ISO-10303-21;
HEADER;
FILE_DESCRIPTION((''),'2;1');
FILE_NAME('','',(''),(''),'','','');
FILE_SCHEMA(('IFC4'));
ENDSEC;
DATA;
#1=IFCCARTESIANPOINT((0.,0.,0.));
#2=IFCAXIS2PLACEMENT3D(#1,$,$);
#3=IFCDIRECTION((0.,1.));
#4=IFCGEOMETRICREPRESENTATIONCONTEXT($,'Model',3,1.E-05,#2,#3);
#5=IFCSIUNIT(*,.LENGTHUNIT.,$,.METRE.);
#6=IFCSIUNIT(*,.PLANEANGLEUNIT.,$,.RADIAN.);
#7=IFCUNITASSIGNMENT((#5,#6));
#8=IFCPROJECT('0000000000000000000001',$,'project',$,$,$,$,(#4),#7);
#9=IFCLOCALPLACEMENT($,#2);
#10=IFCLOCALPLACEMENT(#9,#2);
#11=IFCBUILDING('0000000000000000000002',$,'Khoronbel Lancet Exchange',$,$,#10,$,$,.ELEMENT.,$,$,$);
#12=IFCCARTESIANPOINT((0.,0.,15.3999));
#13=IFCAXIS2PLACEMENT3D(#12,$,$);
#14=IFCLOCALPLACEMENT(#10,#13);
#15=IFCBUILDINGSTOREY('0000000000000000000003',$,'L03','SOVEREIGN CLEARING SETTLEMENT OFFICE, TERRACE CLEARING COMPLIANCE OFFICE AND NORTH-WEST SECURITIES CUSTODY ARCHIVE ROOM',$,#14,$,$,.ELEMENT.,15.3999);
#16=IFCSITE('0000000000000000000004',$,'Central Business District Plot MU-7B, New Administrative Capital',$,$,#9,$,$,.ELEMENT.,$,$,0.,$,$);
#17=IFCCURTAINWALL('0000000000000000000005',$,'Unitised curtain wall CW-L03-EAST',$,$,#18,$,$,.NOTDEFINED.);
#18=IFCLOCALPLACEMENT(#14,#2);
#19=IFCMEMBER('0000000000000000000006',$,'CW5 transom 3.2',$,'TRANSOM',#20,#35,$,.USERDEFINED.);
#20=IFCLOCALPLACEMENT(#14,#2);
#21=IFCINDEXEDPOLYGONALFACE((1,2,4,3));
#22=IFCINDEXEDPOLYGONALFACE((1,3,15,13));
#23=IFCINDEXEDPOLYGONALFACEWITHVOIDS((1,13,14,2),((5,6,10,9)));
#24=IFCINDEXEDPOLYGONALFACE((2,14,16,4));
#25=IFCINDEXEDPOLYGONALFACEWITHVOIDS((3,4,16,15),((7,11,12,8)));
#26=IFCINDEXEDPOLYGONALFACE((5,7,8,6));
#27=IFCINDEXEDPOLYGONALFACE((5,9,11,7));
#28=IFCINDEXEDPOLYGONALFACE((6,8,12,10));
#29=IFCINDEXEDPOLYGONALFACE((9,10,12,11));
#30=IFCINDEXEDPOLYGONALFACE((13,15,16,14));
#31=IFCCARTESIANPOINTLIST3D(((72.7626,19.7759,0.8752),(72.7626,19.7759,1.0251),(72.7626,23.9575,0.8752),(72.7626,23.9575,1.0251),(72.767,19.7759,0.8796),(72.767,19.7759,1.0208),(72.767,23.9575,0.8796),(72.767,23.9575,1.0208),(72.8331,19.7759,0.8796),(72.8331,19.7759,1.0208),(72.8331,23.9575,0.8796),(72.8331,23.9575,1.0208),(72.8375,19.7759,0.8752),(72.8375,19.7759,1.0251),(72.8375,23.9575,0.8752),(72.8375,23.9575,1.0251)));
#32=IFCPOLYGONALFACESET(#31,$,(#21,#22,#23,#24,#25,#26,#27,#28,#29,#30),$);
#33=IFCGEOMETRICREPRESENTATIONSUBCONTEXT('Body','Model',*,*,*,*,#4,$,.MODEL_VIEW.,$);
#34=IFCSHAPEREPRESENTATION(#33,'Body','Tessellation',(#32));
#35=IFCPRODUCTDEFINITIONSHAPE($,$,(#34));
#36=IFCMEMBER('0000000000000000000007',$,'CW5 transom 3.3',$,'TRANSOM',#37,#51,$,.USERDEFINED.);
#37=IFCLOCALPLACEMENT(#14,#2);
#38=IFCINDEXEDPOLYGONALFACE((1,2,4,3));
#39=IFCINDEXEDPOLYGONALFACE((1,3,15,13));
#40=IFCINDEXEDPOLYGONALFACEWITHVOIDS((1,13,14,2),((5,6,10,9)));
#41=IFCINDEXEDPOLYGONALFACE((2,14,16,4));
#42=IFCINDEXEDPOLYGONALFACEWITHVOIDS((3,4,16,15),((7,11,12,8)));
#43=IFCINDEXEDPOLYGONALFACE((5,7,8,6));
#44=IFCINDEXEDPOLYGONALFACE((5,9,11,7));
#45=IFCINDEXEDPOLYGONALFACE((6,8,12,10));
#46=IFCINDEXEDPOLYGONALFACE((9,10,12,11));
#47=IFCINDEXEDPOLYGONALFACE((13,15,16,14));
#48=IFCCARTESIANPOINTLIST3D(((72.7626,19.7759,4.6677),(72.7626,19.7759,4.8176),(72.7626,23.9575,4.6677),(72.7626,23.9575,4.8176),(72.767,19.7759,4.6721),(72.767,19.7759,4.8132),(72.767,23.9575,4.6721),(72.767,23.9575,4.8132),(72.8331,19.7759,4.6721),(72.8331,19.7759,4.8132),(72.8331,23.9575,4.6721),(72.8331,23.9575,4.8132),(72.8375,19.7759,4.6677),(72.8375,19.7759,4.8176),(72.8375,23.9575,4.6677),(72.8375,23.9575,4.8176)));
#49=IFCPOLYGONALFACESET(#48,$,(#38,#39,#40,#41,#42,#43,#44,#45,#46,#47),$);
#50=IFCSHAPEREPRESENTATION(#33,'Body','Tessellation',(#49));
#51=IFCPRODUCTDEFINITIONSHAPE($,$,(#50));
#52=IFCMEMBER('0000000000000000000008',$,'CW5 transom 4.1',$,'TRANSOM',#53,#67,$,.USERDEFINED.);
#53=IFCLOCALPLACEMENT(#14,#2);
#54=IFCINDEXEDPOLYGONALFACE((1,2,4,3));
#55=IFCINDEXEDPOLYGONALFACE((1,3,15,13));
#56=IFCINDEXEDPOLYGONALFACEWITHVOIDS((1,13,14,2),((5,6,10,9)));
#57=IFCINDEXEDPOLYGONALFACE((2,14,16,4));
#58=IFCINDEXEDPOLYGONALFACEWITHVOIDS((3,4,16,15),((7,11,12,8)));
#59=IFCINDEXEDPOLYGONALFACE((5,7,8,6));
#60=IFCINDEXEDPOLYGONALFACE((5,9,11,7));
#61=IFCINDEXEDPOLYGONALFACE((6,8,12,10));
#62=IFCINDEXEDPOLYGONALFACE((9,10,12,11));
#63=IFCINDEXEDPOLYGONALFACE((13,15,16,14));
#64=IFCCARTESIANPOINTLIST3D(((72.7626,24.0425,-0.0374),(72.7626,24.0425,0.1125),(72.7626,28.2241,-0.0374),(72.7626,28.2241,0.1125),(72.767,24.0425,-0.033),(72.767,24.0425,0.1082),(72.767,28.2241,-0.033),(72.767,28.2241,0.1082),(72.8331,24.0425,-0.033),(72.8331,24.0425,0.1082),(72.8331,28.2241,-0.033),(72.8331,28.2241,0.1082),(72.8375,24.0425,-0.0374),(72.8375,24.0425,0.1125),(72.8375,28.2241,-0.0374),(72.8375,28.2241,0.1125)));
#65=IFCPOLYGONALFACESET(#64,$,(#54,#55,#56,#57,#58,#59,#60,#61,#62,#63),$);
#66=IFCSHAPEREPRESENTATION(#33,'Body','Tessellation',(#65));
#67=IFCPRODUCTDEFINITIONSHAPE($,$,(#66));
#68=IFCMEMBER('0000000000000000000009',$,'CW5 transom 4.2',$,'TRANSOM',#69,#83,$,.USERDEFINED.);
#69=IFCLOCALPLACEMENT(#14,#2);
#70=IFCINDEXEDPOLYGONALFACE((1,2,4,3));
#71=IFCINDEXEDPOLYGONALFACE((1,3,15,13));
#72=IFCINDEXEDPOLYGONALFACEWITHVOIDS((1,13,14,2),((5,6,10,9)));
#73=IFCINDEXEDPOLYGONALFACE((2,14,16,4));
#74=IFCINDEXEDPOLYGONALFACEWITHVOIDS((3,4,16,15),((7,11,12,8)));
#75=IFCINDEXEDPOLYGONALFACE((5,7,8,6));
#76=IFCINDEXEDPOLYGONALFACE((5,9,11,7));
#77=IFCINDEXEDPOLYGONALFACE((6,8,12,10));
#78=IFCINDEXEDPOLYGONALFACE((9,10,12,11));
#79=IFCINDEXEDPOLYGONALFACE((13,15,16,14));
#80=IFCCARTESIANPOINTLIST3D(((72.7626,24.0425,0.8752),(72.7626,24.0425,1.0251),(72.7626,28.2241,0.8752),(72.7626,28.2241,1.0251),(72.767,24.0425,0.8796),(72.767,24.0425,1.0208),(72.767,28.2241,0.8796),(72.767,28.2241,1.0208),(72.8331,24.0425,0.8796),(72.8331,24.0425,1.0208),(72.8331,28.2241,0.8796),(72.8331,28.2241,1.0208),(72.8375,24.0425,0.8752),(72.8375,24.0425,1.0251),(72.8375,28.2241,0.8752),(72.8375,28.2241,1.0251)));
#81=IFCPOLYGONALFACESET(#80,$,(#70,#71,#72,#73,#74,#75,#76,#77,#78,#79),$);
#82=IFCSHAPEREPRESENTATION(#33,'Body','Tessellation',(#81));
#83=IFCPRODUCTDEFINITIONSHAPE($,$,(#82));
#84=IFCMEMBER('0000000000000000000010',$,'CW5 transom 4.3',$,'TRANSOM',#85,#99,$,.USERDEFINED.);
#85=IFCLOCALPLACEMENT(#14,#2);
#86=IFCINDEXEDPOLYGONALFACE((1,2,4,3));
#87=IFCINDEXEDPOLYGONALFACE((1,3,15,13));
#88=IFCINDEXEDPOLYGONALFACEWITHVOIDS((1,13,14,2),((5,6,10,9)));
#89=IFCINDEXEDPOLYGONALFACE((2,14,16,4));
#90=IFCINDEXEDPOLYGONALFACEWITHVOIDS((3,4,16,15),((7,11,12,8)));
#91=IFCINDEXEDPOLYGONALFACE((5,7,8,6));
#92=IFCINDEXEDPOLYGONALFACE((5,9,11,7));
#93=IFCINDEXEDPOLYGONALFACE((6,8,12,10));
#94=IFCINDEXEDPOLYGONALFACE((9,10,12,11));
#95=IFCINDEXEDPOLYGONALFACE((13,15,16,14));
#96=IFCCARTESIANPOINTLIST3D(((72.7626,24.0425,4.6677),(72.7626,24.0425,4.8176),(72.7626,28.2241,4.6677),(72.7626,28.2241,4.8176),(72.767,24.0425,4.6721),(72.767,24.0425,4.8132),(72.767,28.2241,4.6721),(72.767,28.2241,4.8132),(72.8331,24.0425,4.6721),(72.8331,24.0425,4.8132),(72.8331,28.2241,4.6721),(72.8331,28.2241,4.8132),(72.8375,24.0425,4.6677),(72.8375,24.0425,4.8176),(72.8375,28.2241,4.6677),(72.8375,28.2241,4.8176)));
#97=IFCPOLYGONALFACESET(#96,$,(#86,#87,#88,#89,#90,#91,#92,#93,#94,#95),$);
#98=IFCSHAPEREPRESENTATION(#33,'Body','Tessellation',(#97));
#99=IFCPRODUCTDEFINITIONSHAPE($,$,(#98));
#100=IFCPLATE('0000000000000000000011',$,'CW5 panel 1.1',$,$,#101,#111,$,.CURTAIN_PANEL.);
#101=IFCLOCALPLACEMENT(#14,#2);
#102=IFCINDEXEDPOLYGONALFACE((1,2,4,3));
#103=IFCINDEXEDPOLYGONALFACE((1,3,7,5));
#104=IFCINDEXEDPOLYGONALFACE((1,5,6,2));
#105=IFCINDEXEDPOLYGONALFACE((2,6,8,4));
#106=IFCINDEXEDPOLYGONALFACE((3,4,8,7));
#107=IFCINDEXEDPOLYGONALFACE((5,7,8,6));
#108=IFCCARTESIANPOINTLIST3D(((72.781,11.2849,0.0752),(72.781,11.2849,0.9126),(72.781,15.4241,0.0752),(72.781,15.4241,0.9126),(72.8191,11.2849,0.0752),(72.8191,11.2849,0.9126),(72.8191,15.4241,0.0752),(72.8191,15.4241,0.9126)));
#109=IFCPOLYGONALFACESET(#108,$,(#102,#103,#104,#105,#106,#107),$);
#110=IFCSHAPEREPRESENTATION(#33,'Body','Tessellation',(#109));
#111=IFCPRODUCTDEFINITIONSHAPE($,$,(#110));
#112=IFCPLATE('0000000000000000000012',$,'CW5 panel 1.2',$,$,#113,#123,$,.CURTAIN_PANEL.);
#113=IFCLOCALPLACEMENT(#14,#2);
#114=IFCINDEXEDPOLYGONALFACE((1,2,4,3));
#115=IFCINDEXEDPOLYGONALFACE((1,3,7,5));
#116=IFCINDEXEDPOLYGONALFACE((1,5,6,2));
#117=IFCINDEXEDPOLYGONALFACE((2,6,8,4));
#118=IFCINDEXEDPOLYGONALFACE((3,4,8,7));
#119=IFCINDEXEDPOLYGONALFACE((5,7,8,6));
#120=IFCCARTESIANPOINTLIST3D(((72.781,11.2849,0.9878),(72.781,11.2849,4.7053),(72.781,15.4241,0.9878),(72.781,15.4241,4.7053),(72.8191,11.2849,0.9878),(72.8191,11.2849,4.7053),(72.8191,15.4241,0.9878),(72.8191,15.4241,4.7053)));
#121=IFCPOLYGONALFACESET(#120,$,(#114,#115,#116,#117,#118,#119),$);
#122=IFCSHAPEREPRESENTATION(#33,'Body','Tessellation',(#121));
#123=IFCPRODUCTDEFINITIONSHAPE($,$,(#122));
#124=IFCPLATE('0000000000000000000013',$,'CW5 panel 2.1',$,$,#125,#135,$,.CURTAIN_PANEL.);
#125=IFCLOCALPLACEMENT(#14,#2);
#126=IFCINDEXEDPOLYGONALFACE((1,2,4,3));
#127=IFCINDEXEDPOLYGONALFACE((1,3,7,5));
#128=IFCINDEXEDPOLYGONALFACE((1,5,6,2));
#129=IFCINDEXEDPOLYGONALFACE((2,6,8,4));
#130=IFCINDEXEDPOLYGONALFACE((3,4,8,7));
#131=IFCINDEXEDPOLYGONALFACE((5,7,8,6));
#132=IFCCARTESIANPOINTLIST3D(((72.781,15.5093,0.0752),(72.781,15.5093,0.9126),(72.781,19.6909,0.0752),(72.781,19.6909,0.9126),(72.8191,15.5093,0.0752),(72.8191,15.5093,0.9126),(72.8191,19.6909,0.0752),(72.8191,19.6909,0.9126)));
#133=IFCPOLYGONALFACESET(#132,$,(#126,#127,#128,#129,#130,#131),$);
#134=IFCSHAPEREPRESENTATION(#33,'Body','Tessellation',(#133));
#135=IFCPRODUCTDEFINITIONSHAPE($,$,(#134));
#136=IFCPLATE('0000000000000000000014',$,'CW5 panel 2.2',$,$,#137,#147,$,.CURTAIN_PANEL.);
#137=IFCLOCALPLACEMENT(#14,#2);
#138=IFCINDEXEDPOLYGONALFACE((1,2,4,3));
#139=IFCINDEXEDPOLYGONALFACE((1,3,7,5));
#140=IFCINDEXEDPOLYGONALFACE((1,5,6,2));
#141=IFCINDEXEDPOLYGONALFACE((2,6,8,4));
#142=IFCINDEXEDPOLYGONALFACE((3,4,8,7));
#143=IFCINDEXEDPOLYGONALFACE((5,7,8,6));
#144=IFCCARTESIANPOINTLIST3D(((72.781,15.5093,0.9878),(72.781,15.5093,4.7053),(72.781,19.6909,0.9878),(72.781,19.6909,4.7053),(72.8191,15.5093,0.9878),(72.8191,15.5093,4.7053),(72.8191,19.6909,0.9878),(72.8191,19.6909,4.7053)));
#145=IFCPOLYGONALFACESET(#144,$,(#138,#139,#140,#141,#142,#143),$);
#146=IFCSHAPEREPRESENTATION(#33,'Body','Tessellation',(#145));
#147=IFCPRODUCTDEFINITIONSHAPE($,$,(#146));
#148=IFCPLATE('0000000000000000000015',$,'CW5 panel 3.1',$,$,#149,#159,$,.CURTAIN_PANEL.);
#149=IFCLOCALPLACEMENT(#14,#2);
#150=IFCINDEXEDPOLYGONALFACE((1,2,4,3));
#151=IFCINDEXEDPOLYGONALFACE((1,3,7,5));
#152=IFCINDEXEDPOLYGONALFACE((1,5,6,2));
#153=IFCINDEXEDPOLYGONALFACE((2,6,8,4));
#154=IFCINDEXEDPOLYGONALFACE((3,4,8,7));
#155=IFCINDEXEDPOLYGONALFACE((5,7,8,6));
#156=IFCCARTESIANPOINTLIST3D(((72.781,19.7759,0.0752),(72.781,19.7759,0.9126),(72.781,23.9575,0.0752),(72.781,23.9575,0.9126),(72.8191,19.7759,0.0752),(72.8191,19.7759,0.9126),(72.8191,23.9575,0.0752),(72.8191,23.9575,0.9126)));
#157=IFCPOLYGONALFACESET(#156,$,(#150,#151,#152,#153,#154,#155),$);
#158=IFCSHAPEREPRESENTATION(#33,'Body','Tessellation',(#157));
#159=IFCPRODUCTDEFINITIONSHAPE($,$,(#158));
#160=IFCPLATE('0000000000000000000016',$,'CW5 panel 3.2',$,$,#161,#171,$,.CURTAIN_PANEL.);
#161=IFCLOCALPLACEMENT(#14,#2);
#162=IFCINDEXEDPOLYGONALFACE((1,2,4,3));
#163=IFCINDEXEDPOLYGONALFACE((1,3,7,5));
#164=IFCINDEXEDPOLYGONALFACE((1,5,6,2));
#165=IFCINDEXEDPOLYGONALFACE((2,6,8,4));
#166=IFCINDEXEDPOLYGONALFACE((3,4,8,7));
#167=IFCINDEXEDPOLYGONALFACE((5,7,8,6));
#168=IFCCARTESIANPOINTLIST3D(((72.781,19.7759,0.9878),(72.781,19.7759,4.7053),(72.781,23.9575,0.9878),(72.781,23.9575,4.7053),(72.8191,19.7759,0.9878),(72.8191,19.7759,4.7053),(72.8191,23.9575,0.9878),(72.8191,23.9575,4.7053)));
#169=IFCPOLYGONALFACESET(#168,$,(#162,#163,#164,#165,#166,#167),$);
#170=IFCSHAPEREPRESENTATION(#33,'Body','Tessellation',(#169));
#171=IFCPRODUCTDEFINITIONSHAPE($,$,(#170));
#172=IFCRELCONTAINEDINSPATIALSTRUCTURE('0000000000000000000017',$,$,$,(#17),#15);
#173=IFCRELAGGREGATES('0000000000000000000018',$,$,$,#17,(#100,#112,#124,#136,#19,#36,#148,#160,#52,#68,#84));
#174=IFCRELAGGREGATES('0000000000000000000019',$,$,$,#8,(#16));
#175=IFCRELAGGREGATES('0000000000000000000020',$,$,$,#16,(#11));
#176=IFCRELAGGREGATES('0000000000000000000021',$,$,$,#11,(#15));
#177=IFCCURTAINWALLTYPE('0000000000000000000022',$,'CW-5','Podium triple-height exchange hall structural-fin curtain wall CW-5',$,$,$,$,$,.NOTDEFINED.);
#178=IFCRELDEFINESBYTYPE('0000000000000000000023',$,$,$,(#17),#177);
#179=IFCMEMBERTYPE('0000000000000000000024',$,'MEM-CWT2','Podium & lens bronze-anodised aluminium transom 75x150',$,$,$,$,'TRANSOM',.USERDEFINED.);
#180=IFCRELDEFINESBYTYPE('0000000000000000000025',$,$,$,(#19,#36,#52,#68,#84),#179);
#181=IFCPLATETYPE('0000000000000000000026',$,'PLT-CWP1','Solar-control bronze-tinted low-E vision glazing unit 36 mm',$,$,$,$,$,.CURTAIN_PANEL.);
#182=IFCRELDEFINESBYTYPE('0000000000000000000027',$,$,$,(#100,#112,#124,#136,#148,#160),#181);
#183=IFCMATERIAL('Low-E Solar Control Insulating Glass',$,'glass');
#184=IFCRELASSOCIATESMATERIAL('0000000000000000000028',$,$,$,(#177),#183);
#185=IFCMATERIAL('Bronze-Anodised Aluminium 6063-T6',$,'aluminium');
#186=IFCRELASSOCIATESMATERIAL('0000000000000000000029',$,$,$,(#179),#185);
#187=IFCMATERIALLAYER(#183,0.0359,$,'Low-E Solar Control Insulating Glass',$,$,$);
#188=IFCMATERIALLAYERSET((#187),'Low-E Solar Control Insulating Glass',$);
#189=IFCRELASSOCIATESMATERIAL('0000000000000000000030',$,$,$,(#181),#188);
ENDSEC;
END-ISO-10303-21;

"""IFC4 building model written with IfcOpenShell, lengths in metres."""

from ifc_helpers import new_model, si_unit, direction, frame, origin, origin_2d, place, context, subcontext, project, spatial, rectangle, hollow_rectangle, extrude, material, layer, layer_set, material_profile, profile_set, type_object, element, aggregate, save


model = new_model("IFC4")

# Units and contexts
model_context = context("Model", 3, precision=1e-05, world=origin(), true_north=direction((0.0, 1.0)))
body_context = subcontext(model_context, "Body", "Model", "MODEL_VIEW")
ifc_project = project(units=[si_unit("LENGTHUNIT", "METRE"), si_unit("PLANEANGLEUNIT", "RADIAN")], contexts=[model_context])

# Site, building, storey
site_placement = place(None, origin())
site = spatial("IfcSite", under=ifc_project, at=site_placement, Name="Central Business District Plot MU-7B, New Administrative Capital", CompositionType="ELEMENT", RefElevation=0.0)
building_placement = place(site_placement, origin())
building = spatial("IfcBuilding", under=site, at=building_placement, Name="Khoronbel Lancet Exchange", CompositionType="ELEMENT")
storey_placement = place(building_placement, frame((0.0, 0.0, 15.3999)))
storey = spatial("IfcBuildingStorey", under=building, at=storey_placement, Name="L03", Description="SOVEREIGN CLEARING SETTLEMENT OFFICE, TERRACE CLEARING COMPLIANCE OFFICE AND NORTH-WEST SECURITIES CUSTODY ARCHIVE ROOM", CompositionType="ELEMENT", Elevation=15.3999)

# Curtain wall, members, plates
ifc_material_1 = material(Name="Low-E Solar Control Insulating Glass", Category="glass")
curtain_wall_type = type_object("IfcCurtainWallType", Name="CW-5", Description="Podium triple-height exchange hall structural-fin curtain wall CW-5", PredefinedType="NOTDEFINED", material=ifc_material_1)
curtain_wall_placement = place(storey_placement, origin())
curtain_wall = element("IfcCurtainWall", 1, at=curtain_wall_placement, inside=storey, type_object=curtain_wall_type, Name="Unitised curtain wall CW-L03-EAST", PredefinedType="NOTDEFINED")
ifc_material_2 = material(Name="Bronze-Anodised Aluminium 6063-T6", Category="aluminium")
ifc_material_profile_1 = material_profile(ifc_material_2, hollow_rectangle(XDim=0.075, YDim=0.1499, WallThickness=0.0044, at=origin_2d()), Name="ALU TRANSOM 75x150")
ifc_profile_set_1 = profile_set([ifc_material_profile_1], Name="Bronze-Anodised Aluminium 6063-T6")
member_type_1 = type_object("IfcMemberType", Name="MEM-CWT2", Description="Podium & lens bronze-anodised aluminium transom 75x150", ElementType="TRANSOM", PredefinedType="USERDEFINED", material=ifc_profile_set_1)
member_1_placement = place(storey_placement, frame((72.8, 19.7759, 0.9502), z_axis=(0.0, 1.0, 0.0), x_axis=(-1.0, 0.0, 0.0)))
member_1 = element("IfcMember", 2, at=member_1_placement, type_object=member_type_1, Name="CW5 transom 3.2", ObjectType="TRANSOM", PredefinedType="USERDEFINED", context=body_context, shape_type="SweptSolid", body=[
    extrude(hollow_rectangle(XDim=0.075, YDim=0.1499, WallThickness=0.0044, at=origin_2d()), origin(), (0.0, 0.0, 1.0), 4.1816),
])
member_2_placement = place(storey_placement, frame((72.8, 19.7759, 4.7427), z_axis=(0.0, 1.0, 0.0), x_axis=(-1.0, 0.0, 0.0)))
member_2 = element("IfcMember", 3, at=member_2_placement, type_object=member_type_1, Name="CW5 transom 3.3", ObjectType="TRANSOM", PredefinedType="USERDEFINED", context=body_context, shape_type="SweptSolid", body=[
    extrude(hollow_rectangle(XDim=0.075, YDim=0.1499, WallThickness=0.0044, at=origin_2d()), origin(), (0.0, 0.0, 1.0), 4.1816),
])
member_3_placement = place(storey_placement, frame((72.8, 24.0425, 0.0376), z_axis=(0.0, 1.0, 0.0), x_axis=(-1.0, 0.0, 0.0)))
member_3 = element("IfcMember", 4, at=member_3_placement, type_object=member_type_1, Name="CW5 transom 4.1", ObjectType="TRANSOM", PredefinedType="USERDEFINED", context=body_context, shape_type="SweptSolid", body=[
    extrude(hollow_rectangle(XDim=0.075, YDim=0.1499, WallThickness=0.0044, at=origin_2d()), origin(), (0.0, 0.0, 1.0), 4.1816),
])
member_4_placement = place(storey_placement, frame((72.8, 24.0425, 0.9502), z_axis=(0.0, 1.0, 0.0), x_axis=(-1.0, 0.0, 0.0)))
member_4 = element("IfcMember", 5, at=member_4_placement, type_object=member_type_1, Name="CW5 transom 4.2", ObjectType="TRANSOM", PredefinedType="USERDEFINED", context=body_context, shape_type="SweptSolid", body=[
    extrude(hollow_rectangle(XDim=0.075, YDim=0.1499, WallThickness=0.0044, at=origin_2d()), origin(), (0.0, 0.0, 1.0), 4.1816),
])
member_5_placement = place(storey_placement, frame((72.8, 24.0425, 4.7427), z_axis=(0.0, 1.0, 0.0), x_axis=(-1.0, 0.0, 0.0)))
member_5 = element("IfcMember", 6, at=member_5_placement, type_object=member_type_1, Name="CW5 transom 4.3", ObjectType="TRANSOM", PredefinedType="USERDEFINED", context=body_context, shape_type="SweptSolid", body=[
    extrude(hollow_rectangle(XDim=0.075, YDim=0.1499, WallThickness=0.0044, at=origin_2d()), origin(), (0.0, 0.0, 1.0), 4.1816),
])
ifc_layer_1 = layer(ifc_material_1, 0.0359, Name="Low-E Solar Control Insulating Glass")
ifc_layer_set_1 = layer_set([ifc_layer_1], Name="Low-E Solar Control Insulating Glass")
plate_type = type_object("IfcPlateType", Name="PLT-CWP1", Description="Solar-control bronze-tinted low-E vision glazing unit 36 mm", PredefinedType="CURTAIN_PANEL", material=ifc_layer_set_1)
plate_1_placement = place(storey_placement, frame((72.8, 13.3545, 0.0752), z_axis=(0.0, 0.0, 1.0), x_axis=(0.0, 1.0, 0.0)))
plate_1 = element("IfcPlate", 7, at=plate_1_placement, type_object=plate_type, Name="CW5 panel 1.1", PredefinedType="CURTAIN_PANEL", context=body_context, shape_type="SweptSolid", body=[
    extrude(rectangle(XDim=4.1392, YDim=0.0381, at=origin_2d()), origin(), (0.0, 0.0, 1.0), 0.8374),
])
plate_2_placement = place(storey_placement, frame((72.8, 13.3545, 0.9878), z_axis=(0.0, 0.0, 1.0), x_axis=(0.0, 1.0, 0.0)))
plate_2 = element("IfcPlate", 8, at=plate_2_placement, type_object=plate_type, Name="CW5 panel 1.2", PredefinedType="CURTAIN_PANEL", context=body_context, shape_type="SweptSolid", body=[
    extrude(rectangle(XDim=4.1392, YDim=0.0381, at=origin_2d()), origin(), (0.0, 0.0, 1.0), 3.7175),
])
plate_3_placement = place(storey_placement, frame((72.8, 17.6001, 0.0752), z_axis=(0.0, 0.0, 1.0), x_axis=(0.0, 1.0, 0.0)))
plate_3 = element("IfcPlate", 9, at=plate_3_placement, type_object=plate_type, Name="CW5 panel 2.1", PredefinedType="CURTAIN_PANEL", context=body_context, shape_type="SweptSolid", body=[
    extrude(rectangle(XDim=4.1816, YDim=0.0381, at=origin_2d()), origin(), (0.0, 0.0, 1.0), 0.8374),
])
plate_4_placement = place(storey_placement, frame((72.8, 17.6001, 0.9878), z_axis=(0.0, 0.0, 1.0), x_axis=(0.0, 1.0, 0.0)))
plate_4 = element("IfcPlate", 10, at=plate_4_placement, type_object=plate_type, Name="CW5 panel 2.2", PredefinedType="CURTAIN_PANEL", context=body_context, shape_type="SweptSolid", body=[
    extrude(rectangle(XDim=4.1816, YDim=0.0381, at=origin_2d()), origin(), (0.0, 0.0, 1.0), 3.7175),
])
plate_5_placement = place(storey_placement, frame((72.8, 21.8667, 0.0752), z_axis=(0.0, 0.0, 1.0), x_axis=(0.0, 1.0, 0.0)))
plate_5 = element("IfcPlate", 11, at=plate_5_placement, type_object=plate_type, Name="CW5 panel 3.1", PredefinedType="CURTAIN_PANEL", context=body_context, shape_type="SweptSolid", body=[
    extrude(rectangle(XDim=4.1816, YDim=0.0381, at=origin_2d()), origin(), (0.0, 0.0, 1.0), 0.8374),
])
plate_6_placement = place(storey_placement, frame((72.8, 21.8667, 0.9878), z_axis=(0.0, 0.0, 1.0), x_axis=(0.0, 1.0, 0.0)))
plate_6 = element("IfcPlate", 12, at=plate_6_placement, type_object=plate_type, Name="CW5 panel 3.2", PredefinedType="CURTAIN_PANEL", context=body_context, shape_type="SweptSolid", body=[
    extrude(rectangle(XDim=4.1816, YDim=0.0381, at=origin_2d()), origin(), (0.0, 0.0, 1.0), 3.7175),
])
aggregate(curtain_wall, [plate_1, plate_2, plate_3, plate_4, member_1, member_2, plate_5, plate_6, member_3, member_4, member_5])

save(model, "model.ifc")
